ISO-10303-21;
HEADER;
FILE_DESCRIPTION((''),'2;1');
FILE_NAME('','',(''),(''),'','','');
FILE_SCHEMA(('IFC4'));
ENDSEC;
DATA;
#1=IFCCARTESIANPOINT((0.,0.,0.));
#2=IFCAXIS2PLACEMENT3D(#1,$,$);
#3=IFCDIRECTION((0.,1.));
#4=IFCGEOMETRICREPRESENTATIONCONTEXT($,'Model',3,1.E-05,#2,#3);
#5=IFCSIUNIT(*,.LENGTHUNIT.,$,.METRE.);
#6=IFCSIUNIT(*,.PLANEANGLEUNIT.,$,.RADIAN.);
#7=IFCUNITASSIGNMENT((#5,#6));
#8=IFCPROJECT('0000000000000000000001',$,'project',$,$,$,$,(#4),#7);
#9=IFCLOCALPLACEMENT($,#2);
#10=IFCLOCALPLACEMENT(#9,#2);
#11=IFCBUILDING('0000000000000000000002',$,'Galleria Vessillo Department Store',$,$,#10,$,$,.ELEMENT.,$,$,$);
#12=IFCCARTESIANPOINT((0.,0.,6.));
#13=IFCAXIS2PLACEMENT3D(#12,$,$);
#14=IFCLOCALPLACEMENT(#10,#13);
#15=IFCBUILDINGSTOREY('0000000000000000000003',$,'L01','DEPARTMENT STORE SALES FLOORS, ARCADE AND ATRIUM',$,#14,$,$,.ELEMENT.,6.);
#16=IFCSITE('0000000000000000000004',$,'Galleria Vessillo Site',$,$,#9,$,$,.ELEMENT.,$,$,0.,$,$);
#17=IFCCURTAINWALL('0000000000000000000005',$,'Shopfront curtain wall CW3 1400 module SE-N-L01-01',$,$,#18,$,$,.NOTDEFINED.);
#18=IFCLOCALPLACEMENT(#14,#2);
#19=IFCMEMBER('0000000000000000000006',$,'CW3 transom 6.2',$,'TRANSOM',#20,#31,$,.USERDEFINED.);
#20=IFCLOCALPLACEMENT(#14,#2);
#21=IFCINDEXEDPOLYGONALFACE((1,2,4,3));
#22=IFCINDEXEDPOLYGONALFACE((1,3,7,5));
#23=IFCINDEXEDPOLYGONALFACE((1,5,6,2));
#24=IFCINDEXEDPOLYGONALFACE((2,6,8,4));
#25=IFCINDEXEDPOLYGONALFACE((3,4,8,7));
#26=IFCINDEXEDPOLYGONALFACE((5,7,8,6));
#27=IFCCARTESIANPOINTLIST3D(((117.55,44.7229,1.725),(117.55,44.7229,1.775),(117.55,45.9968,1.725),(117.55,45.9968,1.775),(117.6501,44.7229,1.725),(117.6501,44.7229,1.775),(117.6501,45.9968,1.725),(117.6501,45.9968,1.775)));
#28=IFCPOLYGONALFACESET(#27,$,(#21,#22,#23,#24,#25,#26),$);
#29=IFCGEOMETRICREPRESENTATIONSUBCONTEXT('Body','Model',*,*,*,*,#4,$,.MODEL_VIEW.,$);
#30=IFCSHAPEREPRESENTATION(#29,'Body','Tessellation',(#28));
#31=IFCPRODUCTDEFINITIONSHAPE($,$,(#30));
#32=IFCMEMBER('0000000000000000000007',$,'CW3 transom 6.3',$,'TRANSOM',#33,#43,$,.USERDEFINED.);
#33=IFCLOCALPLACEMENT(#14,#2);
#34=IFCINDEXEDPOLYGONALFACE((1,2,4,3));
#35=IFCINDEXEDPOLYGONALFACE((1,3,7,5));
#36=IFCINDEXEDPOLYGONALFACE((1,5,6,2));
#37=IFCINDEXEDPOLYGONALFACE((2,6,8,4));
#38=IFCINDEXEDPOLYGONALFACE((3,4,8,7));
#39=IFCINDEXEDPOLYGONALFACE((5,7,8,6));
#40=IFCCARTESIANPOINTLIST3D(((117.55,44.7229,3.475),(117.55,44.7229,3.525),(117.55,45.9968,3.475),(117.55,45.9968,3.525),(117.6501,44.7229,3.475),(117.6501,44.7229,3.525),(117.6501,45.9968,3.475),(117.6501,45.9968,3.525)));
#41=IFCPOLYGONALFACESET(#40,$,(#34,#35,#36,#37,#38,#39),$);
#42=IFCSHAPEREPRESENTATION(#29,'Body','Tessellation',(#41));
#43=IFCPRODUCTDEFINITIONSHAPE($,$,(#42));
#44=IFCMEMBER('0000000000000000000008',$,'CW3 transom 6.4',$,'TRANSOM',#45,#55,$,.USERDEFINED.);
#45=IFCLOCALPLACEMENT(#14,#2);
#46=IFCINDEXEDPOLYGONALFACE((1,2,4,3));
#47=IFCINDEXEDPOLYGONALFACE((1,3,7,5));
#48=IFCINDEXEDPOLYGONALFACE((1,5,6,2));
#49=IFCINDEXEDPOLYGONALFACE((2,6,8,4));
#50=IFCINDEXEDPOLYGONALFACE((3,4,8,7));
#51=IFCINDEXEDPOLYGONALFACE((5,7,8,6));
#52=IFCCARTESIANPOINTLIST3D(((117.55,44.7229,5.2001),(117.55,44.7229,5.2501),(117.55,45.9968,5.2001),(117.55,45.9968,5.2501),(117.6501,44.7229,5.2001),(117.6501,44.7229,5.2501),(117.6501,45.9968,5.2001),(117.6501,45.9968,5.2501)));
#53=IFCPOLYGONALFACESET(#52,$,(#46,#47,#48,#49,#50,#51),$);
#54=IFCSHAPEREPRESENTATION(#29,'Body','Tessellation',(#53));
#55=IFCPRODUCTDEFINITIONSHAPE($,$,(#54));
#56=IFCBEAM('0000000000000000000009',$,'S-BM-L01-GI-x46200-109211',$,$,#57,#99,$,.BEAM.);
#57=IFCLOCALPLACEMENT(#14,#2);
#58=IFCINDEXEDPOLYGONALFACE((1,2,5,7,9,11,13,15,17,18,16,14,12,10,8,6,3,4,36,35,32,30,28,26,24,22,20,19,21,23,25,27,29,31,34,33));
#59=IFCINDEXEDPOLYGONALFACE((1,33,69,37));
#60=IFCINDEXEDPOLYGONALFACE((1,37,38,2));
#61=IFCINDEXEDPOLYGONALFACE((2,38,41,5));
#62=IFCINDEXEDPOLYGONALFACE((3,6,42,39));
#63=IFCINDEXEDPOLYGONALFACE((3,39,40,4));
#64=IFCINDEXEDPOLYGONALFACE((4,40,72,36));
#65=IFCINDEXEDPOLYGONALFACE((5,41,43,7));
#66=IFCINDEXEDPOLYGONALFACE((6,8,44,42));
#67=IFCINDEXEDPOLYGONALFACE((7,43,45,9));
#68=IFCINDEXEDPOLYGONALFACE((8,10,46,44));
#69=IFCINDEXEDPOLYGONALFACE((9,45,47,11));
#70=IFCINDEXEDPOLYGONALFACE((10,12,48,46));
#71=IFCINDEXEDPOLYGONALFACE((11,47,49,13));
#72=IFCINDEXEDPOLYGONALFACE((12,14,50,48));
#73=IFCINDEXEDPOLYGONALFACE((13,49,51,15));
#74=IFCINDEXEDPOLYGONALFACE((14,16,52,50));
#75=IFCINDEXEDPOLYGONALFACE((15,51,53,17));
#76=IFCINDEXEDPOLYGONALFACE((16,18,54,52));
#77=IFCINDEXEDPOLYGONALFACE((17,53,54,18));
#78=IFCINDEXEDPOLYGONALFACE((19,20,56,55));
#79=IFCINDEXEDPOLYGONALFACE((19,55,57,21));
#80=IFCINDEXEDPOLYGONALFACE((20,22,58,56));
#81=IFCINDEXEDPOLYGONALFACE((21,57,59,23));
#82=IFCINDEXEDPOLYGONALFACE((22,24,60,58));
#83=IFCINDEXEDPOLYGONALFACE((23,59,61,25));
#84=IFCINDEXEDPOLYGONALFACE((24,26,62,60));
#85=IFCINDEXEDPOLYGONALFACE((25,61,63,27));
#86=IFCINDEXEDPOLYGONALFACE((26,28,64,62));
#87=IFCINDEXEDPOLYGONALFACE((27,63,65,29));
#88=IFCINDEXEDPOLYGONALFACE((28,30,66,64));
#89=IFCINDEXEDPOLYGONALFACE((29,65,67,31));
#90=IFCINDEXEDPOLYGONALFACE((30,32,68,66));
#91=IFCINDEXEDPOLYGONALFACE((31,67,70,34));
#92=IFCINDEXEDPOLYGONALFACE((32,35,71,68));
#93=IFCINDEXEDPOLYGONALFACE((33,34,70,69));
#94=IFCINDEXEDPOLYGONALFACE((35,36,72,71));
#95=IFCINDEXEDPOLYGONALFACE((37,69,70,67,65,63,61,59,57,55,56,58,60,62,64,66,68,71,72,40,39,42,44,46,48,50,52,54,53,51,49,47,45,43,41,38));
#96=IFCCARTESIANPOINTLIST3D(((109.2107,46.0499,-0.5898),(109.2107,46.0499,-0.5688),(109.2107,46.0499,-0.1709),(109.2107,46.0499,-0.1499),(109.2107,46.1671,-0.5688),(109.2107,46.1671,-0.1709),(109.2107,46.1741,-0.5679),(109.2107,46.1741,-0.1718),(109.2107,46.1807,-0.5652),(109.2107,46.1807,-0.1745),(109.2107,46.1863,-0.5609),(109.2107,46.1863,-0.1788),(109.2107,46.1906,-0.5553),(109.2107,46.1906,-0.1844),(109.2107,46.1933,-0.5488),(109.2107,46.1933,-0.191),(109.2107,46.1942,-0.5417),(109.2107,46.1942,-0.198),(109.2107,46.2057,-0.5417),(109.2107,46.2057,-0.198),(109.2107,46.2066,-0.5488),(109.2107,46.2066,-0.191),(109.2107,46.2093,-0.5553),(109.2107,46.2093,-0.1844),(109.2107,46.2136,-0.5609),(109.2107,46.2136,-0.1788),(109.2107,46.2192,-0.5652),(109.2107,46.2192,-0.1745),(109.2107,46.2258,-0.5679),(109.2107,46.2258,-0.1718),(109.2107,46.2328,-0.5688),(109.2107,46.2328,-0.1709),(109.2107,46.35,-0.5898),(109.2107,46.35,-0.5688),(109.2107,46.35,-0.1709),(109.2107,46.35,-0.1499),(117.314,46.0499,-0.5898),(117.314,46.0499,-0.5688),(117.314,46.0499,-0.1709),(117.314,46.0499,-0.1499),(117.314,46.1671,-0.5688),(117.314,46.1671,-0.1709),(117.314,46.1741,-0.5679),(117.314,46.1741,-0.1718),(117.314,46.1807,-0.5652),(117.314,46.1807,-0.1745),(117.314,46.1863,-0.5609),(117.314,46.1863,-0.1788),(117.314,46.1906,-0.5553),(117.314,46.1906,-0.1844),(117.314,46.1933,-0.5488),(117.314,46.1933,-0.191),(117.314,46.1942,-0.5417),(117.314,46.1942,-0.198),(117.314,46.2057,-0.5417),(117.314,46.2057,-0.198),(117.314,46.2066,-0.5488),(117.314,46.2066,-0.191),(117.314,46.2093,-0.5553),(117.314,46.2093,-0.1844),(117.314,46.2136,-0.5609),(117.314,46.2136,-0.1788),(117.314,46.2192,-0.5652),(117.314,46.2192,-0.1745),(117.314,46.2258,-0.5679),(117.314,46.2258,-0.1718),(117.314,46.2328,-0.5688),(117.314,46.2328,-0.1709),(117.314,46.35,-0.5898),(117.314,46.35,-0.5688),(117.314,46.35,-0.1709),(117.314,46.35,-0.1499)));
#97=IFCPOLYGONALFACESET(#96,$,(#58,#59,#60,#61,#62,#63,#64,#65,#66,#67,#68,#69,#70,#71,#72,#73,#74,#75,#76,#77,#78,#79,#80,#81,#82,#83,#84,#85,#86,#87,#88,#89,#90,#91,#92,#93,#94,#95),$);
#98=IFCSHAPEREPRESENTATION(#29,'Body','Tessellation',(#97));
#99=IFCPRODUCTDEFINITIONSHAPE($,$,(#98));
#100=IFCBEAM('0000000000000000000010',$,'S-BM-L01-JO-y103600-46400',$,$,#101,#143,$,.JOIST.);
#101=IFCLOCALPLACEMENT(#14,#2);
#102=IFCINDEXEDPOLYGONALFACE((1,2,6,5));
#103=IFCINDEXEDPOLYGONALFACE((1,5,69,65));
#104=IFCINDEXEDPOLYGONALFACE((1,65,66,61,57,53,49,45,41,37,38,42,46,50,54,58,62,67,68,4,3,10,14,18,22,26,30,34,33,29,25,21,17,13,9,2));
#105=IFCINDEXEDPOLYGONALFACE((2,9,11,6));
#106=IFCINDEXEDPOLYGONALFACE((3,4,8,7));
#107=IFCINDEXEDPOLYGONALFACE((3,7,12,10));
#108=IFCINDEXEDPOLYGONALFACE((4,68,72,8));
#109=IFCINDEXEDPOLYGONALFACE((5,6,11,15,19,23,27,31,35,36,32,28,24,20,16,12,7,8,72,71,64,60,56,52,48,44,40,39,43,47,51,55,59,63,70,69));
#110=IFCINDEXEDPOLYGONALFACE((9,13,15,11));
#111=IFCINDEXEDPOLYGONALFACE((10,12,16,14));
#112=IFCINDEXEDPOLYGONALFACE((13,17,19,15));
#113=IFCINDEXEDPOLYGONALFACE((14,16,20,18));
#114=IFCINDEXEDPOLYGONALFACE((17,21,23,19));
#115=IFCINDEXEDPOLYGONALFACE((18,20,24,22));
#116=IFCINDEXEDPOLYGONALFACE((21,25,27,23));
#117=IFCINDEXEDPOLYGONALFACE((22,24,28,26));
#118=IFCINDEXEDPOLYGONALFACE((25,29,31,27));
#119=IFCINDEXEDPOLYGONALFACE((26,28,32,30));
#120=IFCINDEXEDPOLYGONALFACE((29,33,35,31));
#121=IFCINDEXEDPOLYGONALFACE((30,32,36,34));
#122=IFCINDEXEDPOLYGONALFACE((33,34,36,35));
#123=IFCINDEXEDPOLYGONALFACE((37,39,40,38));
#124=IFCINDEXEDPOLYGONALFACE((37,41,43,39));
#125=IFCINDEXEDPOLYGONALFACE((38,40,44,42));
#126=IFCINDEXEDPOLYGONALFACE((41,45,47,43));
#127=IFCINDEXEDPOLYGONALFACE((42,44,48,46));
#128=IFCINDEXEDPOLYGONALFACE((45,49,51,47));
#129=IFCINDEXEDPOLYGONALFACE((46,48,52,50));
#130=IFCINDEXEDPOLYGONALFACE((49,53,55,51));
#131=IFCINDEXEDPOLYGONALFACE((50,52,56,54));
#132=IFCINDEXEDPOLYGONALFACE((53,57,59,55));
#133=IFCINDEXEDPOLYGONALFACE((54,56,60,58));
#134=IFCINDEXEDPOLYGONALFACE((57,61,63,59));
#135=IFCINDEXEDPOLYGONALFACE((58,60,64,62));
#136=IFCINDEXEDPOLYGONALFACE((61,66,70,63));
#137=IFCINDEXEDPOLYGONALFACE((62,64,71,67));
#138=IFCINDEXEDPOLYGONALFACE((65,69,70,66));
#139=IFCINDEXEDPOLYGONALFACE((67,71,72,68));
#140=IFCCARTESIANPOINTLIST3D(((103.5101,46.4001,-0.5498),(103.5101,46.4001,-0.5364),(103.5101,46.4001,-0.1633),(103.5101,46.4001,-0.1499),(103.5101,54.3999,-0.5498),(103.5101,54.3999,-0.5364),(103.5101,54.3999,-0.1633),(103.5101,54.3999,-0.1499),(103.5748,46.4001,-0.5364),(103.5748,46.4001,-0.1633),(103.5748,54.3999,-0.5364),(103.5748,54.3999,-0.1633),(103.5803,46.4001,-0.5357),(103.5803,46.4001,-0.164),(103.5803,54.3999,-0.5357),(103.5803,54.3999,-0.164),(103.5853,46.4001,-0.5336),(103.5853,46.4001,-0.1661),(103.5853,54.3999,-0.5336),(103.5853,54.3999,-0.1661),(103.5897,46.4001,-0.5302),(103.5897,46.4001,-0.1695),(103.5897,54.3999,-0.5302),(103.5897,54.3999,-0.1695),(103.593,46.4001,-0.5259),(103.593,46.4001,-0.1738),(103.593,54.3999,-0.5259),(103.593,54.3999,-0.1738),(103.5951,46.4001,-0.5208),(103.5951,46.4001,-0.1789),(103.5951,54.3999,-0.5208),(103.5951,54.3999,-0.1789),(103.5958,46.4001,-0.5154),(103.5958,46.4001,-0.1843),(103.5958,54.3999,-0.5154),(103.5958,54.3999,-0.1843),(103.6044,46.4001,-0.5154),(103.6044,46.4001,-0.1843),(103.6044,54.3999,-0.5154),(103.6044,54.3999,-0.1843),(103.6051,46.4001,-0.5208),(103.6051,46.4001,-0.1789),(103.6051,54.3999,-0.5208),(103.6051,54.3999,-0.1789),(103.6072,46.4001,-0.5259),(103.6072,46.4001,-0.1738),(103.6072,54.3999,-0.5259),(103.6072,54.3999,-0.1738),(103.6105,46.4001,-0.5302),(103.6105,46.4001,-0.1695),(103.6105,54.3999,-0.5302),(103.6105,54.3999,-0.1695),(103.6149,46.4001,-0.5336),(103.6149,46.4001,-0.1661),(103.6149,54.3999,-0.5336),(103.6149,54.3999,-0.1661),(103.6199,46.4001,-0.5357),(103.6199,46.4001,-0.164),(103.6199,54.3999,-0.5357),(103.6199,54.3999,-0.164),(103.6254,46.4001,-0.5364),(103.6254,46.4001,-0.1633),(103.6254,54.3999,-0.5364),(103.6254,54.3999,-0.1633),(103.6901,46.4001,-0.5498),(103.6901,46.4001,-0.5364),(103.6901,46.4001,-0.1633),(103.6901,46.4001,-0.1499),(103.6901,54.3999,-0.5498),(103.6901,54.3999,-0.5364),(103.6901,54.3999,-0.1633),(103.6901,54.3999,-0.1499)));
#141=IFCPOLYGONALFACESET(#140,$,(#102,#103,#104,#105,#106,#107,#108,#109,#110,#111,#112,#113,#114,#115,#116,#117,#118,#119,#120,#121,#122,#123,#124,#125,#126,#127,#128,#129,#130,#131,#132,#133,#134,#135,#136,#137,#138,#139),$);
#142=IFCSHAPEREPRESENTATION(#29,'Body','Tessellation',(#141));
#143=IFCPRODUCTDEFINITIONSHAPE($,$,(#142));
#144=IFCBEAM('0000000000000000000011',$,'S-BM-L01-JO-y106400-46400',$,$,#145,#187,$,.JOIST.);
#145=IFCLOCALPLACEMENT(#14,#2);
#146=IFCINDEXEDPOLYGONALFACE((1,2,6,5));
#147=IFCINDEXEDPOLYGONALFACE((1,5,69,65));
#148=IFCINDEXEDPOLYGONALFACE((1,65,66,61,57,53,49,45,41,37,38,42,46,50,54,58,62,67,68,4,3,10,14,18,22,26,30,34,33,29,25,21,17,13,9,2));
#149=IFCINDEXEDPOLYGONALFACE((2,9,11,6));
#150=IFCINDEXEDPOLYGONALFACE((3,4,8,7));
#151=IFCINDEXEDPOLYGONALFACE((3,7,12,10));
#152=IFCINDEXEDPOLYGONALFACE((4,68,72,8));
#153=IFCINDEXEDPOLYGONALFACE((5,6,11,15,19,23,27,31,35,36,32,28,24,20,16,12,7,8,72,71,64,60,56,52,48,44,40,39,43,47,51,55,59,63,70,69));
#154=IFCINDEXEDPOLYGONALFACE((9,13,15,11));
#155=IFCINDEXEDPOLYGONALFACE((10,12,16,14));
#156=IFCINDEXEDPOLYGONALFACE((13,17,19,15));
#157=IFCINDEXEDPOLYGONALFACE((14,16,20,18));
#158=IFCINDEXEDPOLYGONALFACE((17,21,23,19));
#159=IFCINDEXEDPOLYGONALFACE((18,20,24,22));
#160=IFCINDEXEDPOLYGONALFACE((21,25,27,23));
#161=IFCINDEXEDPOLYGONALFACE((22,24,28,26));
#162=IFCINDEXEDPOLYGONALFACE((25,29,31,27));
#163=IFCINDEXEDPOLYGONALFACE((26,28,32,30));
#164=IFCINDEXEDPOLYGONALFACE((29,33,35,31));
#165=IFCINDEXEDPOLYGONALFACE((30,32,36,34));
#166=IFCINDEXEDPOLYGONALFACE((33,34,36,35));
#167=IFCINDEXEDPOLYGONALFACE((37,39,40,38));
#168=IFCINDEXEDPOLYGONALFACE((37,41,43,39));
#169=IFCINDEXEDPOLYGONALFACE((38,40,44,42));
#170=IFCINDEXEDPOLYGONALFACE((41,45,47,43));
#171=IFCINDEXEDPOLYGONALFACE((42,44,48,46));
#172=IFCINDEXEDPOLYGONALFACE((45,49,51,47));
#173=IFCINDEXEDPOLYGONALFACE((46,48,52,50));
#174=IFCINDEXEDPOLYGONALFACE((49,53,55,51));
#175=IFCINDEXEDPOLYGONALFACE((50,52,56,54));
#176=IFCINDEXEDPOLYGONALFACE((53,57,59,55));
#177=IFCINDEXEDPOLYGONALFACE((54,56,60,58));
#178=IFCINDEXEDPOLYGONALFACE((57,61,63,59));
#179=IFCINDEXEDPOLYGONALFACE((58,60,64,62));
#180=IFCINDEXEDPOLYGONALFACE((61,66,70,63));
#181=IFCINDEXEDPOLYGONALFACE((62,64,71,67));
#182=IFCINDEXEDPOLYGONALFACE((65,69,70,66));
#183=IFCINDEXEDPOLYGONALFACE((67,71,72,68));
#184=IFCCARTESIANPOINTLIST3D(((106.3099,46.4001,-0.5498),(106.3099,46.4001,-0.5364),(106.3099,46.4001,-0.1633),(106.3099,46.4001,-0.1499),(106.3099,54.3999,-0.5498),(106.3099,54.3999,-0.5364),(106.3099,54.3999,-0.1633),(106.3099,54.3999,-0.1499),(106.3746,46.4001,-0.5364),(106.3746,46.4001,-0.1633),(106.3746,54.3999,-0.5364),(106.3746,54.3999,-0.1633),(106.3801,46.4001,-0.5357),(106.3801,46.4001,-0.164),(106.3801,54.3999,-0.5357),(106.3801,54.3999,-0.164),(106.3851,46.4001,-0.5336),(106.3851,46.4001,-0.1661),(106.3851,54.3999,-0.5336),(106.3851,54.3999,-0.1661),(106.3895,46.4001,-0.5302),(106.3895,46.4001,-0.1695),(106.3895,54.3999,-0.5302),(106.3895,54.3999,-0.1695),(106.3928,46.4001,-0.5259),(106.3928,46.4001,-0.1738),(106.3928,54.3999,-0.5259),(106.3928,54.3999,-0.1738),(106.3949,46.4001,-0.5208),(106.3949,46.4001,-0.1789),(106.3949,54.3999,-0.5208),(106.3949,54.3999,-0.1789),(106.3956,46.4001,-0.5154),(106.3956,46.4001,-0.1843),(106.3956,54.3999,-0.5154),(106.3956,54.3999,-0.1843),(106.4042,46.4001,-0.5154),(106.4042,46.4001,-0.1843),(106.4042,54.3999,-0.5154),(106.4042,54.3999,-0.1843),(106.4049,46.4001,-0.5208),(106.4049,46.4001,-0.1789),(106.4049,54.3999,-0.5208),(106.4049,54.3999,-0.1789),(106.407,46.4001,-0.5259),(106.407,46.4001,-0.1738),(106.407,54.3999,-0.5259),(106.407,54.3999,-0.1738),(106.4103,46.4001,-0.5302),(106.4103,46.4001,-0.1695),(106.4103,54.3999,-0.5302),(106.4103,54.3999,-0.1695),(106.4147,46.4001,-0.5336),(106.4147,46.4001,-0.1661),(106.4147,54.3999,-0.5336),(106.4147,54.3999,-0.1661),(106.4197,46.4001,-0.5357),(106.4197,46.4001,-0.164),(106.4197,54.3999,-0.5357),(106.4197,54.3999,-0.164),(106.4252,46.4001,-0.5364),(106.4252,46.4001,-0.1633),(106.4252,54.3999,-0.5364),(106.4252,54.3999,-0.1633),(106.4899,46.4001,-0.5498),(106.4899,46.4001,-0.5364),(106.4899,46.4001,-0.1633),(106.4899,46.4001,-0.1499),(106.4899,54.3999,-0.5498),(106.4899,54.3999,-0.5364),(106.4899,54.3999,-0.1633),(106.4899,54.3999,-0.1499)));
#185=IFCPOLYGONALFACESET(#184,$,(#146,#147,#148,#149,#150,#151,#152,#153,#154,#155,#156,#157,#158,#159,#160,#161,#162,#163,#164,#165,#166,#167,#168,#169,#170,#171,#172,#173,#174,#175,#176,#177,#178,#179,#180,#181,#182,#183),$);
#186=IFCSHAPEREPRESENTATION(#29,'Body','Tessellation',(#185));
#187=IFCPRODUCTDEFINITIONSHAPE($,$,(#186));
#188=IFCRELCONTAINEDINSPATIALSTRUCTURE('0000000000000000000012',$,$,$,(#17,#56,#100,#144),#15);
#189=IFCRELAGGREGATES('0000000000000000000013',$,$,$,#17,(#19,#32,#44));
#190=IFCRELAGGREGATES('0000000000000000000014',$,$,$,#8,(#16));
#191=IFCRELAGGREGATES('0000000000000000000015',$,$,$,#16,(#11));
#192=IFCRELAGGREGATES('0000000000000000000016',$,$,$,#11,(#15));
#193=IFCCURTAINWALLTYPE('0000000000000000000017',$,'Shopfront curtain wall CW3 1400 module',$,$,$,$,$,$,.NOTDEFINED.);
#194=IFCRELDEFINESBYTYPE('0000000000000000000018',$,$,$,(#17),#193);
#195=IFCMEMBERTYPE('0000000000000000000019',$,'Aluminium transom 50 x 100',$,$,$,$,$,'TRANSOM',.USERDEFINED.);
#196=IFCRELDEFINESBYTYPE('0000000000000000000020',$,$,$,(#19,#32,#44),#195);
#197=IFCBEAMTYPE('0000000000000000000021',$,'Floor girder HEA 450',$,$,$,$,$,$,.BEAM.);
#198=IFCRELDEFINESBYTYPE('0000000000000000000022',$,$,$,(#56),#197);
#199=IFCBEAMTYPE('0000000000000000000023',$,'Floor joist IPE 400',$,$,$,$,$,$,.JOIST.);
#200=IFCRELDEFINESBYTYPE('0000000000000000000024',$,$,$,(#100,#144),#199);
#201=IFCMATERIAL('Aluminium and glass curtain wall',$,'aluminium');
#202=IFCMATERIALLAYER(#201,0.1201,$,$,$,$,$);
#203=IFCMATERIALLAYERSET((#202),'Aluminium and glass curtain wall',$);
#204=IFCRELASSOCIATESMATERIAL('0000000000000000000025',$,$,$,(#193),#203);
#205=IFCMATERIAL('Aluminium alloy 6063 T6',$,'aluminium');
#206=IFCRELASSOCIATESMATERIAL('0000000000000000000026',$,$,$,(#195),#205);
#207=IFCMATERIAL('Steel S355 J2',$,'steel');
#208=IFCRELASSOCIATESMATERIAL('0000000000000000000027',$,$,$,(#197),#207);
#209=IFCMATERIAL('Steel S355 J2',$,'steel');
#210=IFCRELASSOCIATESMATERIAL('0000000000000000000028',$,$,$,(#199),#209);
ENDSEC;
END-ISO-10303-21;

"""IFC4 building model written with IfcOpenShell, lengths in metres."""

from ifc_helpers import new_model, si_unit, direction, frame, origin, origin_2d, place, context, subcontext, project, spatial, rectangle, i_section, extrude, material, layer, layer_set, material_profile, profile_set, type_object, element, aggregate, save


model = new_model("IFC4")

# Units and contexts
model_context = context("Model", 3, precision=1e-05, world=origin(), true_north=direction((0.0, 1.0)))
body_context = subcontext(model_context, "Body", "Model", "MODEL_VIEW")
ifc_project = project(units=[si_unit("LENGTHUNIT", "METRE"), si_unit("PLANEANGLEUNIT", "RADIAN")], contexts=[model_context])

# Site, building, storey
site_placement = place(None, origin())
site = spatial("IfcSite", under=ifc_project, at=site_placement, Name="Galleria Vessillo Site", CompositionType="ELEMENT", RefElevation=0.0)
building_placement = place(site_placement, origin())
building = spatial("IfcBuilding", under=site, at=building_placement, Name="Galleria Vessillo Department Store", CompositionType="ELEMENT")
storey_placement = place(building_placement, frame((0.0, 0.0, 6.0)))
storey = spatial("IfcBuildingStorey", under=building, at=storey_placement, Name="L01", Description="DEPARTMENT STORE SALES FLOORS, ARCADE AND ATRIUM", CompositionType="ELEMENT", Elevation=6.0)

# Curtain wall, members
ifc_material_1 = material(Name="Aluminium and glass curtain wall", Category="aluminium")
ifc_layer_1 = layer(ifc_material_1, 0.1201)
ifc_layer_set_1 = layer_set([ifc_layer_1], Name="Aluminium and glass curtain wall")
curtain_wall_type = type_object("IfcCurtainWallType", Name="Shopfront curtain wall CW3 1400 module", PredefinedType="NOTDEFINED", material=ifc_layer_set_1)
curtain_wall_placement = place(storey_placement, origin())
curtain_wall = element("IfcCurtainWall", 1, at=curtain_wall_placement, inside=storey, type_object=curtain_wall_type, Name="Shopfront curtain wall CW3 1400 module SE-N-L01-01", PredefinedType="NOTDEFINED")
ifc_material_2 = material(Name="Aluminium alloy 6063 T6", Category="aluminium")
ifc_material_profile_1 = material_profile(ifc_material_2, rectangle(XDim=0.1001, YDim=0.05, at=origin_2d()), Name="AL 50x100")
ifc_profile_set_1 = profile_set([ifc_material_profile_1], Name="Aluminium alloy 6063 T6")
member_type_1 = type_object("IfcMemberType", Name="Aluminium transom 50 x 100", ElementType="TRANSOM", PredefinedType="USERDEFINED", material=ifc_profile_set_1)
member_1_placement = place(storey_placement, frame((117.6001, 44.7229, 1.75), z_axis=(0.0, 1.0, 0.0), x_axis=(-1.0, 0.0, 0.0)))
member_1 = element("IfcMember", 2, at=member_1_placement, type_object=member_type_1, Name="CW3 transom 6.2", ObjectType="TRANSOM", PredefinedType="USERDEFINED", context=body_context, shape_type="SweptSolid", body=[
    extrude(rectangle(XDim=0.1001, YDim=0.05, at=origin_2d()), origin(), (0.0, 0.0, 1.0), 1.2739),
])
member_2_placement = place(storey_placement, frame((117.6001, 44.7229, 3.5), z_axis=(0.0, 1.0, 0.0), x_axis=(-1.0, 0.0, 0.0)))
member_2 = element("IfcMember", 3, at=member_2_placement, type_object=member_type_1, Name="CW3 transom 6.3", ObjectType="TRANSOM", PredefinedType="USERDEFINED", context=body_context, shape_type="SweptSolid", body=[
    extrude(rectangle(XDim=0.1001, YDim=0.05, at=origin_2d()), origin(), (0.0, 0.0, 1.0), 1.2739),
])
member_3_placement = place(storey_placement, frame((117.6001, 44.7229, 5.2251), z_axis=(0.0, 1.0, 0.0), x_axis=(-1.0, 0.0, 0.0)))
member_3 = element("IfcMember", 4, at=member_3_placement, type_object=member_type_1, Name="CW3 transom 6.4", ObjectType="TRANSOM", PredefinedType="USERDEFINED", context=body_context, shape_type="SweptSolid", body=[
    extrude(rectangle(XDim=0.1001, YDim=0.05, at=origin_2d()), origin(), (0.0, 0.0, 1.0), 1.2739),
])

# Beams
ifc_material_3 = material(Name="Steel S355 J2", Category="steel")
ifc_material_profile_2 = material_profile(ifc_material_3, i_section(OverallWidth=0.3, OverallDepth=0.4399, WebThickness=0.0115, FlangeThickness=0.021, FilletRadius=0.0271, at=origin_2d()), Name="HEA 450")
ifc_profile_set_2 = profile_set([ifc_material_profile_2], Name="Steel S355 J2")
beam_type_1 = type_object("IfcBeamType", Name="Floor girder HEA 450", PredefinedType="BEAM", material=ifc_profile_set_2)
beam_placement = place(storey_placement, frame((109.2107, 46.2, -0.3699), z_axis=(1.0, 0.0, 0.0), x_axis=(0.0, 1.0, 0.0)))
element("IfcBeam", 5, at=beam_placement, inside=storey, type_object=beam_type_1, Name="S-BM-L01-GI-x46200-109211", PredefinedType="BEAM", context=body_context, shape_type="SweptSolid", body=[
    extrude(i_section(OverallWidth=0.3, OverallDepth=0.4399, WebThickness=0.0115, FlangeThickness=0.021, FilletRadius=0.0271, at=origin_2d()), origin(), (0.0, 0.0, 1.0), 8.1033),
])
ifc_material_4 = material(Name="Steel S355 J2", Category="steel")
ifc_material_profile_3 = material_profile(ifc_material_4, i_section(OverallWidth=0.1799, OverallDepth=0.3999, WebThickness=0.0085, FlangeThickness=0.0134, FilletRadius=0.021, at=origin_2d()), Name="IPE 400")
ifc_profile_set_3 = profile_set([ifc_material_profile_3], Name="Steel S355 J2")
beam_type_2 = type_object("IfcBeamType", Name="Floor joist IPE 400", PredefinedType="JOIST", material=ifc_profile_set_3)
for number, where, z_axis, x_axis, name in (
    (6, (103.6001, 46.4001, -0.3499), (0.0, 1.0, 0.0), (-1.0, 0.0, 0.0), "S-BM-L01-JO-y103600-46400"),
    (7, (106.3999, 46.4001, -0.3499), (0.0, 1.0, 0.0), (-1.0, 0.0, 0.0), "S-BM-L01-JO-y106400-46400"),
):
    element("IfcBeam", number, at=place(storey_placement, frame(where, z_axis=z_axis, x_axis=x_axis)), inside=storey, type_object=beam_type_2, Name=name, PredefinedType="JOIST", context=body_context, shape_type="SweptSolid", body=[
        extrude(i_section(OverallWidth=0.1799, OverallDepth=0.3999, WebThickness=0.0085, FlangeThickness=0.0134, FilletRadius=0.021, at=origin_2d()), origin(), (0.0, 0.0, 1.0), 7.9998),
    ])

aggregate(curtain_wall, [member_1, member_2, member_3])

save(model, "model.ifc")
